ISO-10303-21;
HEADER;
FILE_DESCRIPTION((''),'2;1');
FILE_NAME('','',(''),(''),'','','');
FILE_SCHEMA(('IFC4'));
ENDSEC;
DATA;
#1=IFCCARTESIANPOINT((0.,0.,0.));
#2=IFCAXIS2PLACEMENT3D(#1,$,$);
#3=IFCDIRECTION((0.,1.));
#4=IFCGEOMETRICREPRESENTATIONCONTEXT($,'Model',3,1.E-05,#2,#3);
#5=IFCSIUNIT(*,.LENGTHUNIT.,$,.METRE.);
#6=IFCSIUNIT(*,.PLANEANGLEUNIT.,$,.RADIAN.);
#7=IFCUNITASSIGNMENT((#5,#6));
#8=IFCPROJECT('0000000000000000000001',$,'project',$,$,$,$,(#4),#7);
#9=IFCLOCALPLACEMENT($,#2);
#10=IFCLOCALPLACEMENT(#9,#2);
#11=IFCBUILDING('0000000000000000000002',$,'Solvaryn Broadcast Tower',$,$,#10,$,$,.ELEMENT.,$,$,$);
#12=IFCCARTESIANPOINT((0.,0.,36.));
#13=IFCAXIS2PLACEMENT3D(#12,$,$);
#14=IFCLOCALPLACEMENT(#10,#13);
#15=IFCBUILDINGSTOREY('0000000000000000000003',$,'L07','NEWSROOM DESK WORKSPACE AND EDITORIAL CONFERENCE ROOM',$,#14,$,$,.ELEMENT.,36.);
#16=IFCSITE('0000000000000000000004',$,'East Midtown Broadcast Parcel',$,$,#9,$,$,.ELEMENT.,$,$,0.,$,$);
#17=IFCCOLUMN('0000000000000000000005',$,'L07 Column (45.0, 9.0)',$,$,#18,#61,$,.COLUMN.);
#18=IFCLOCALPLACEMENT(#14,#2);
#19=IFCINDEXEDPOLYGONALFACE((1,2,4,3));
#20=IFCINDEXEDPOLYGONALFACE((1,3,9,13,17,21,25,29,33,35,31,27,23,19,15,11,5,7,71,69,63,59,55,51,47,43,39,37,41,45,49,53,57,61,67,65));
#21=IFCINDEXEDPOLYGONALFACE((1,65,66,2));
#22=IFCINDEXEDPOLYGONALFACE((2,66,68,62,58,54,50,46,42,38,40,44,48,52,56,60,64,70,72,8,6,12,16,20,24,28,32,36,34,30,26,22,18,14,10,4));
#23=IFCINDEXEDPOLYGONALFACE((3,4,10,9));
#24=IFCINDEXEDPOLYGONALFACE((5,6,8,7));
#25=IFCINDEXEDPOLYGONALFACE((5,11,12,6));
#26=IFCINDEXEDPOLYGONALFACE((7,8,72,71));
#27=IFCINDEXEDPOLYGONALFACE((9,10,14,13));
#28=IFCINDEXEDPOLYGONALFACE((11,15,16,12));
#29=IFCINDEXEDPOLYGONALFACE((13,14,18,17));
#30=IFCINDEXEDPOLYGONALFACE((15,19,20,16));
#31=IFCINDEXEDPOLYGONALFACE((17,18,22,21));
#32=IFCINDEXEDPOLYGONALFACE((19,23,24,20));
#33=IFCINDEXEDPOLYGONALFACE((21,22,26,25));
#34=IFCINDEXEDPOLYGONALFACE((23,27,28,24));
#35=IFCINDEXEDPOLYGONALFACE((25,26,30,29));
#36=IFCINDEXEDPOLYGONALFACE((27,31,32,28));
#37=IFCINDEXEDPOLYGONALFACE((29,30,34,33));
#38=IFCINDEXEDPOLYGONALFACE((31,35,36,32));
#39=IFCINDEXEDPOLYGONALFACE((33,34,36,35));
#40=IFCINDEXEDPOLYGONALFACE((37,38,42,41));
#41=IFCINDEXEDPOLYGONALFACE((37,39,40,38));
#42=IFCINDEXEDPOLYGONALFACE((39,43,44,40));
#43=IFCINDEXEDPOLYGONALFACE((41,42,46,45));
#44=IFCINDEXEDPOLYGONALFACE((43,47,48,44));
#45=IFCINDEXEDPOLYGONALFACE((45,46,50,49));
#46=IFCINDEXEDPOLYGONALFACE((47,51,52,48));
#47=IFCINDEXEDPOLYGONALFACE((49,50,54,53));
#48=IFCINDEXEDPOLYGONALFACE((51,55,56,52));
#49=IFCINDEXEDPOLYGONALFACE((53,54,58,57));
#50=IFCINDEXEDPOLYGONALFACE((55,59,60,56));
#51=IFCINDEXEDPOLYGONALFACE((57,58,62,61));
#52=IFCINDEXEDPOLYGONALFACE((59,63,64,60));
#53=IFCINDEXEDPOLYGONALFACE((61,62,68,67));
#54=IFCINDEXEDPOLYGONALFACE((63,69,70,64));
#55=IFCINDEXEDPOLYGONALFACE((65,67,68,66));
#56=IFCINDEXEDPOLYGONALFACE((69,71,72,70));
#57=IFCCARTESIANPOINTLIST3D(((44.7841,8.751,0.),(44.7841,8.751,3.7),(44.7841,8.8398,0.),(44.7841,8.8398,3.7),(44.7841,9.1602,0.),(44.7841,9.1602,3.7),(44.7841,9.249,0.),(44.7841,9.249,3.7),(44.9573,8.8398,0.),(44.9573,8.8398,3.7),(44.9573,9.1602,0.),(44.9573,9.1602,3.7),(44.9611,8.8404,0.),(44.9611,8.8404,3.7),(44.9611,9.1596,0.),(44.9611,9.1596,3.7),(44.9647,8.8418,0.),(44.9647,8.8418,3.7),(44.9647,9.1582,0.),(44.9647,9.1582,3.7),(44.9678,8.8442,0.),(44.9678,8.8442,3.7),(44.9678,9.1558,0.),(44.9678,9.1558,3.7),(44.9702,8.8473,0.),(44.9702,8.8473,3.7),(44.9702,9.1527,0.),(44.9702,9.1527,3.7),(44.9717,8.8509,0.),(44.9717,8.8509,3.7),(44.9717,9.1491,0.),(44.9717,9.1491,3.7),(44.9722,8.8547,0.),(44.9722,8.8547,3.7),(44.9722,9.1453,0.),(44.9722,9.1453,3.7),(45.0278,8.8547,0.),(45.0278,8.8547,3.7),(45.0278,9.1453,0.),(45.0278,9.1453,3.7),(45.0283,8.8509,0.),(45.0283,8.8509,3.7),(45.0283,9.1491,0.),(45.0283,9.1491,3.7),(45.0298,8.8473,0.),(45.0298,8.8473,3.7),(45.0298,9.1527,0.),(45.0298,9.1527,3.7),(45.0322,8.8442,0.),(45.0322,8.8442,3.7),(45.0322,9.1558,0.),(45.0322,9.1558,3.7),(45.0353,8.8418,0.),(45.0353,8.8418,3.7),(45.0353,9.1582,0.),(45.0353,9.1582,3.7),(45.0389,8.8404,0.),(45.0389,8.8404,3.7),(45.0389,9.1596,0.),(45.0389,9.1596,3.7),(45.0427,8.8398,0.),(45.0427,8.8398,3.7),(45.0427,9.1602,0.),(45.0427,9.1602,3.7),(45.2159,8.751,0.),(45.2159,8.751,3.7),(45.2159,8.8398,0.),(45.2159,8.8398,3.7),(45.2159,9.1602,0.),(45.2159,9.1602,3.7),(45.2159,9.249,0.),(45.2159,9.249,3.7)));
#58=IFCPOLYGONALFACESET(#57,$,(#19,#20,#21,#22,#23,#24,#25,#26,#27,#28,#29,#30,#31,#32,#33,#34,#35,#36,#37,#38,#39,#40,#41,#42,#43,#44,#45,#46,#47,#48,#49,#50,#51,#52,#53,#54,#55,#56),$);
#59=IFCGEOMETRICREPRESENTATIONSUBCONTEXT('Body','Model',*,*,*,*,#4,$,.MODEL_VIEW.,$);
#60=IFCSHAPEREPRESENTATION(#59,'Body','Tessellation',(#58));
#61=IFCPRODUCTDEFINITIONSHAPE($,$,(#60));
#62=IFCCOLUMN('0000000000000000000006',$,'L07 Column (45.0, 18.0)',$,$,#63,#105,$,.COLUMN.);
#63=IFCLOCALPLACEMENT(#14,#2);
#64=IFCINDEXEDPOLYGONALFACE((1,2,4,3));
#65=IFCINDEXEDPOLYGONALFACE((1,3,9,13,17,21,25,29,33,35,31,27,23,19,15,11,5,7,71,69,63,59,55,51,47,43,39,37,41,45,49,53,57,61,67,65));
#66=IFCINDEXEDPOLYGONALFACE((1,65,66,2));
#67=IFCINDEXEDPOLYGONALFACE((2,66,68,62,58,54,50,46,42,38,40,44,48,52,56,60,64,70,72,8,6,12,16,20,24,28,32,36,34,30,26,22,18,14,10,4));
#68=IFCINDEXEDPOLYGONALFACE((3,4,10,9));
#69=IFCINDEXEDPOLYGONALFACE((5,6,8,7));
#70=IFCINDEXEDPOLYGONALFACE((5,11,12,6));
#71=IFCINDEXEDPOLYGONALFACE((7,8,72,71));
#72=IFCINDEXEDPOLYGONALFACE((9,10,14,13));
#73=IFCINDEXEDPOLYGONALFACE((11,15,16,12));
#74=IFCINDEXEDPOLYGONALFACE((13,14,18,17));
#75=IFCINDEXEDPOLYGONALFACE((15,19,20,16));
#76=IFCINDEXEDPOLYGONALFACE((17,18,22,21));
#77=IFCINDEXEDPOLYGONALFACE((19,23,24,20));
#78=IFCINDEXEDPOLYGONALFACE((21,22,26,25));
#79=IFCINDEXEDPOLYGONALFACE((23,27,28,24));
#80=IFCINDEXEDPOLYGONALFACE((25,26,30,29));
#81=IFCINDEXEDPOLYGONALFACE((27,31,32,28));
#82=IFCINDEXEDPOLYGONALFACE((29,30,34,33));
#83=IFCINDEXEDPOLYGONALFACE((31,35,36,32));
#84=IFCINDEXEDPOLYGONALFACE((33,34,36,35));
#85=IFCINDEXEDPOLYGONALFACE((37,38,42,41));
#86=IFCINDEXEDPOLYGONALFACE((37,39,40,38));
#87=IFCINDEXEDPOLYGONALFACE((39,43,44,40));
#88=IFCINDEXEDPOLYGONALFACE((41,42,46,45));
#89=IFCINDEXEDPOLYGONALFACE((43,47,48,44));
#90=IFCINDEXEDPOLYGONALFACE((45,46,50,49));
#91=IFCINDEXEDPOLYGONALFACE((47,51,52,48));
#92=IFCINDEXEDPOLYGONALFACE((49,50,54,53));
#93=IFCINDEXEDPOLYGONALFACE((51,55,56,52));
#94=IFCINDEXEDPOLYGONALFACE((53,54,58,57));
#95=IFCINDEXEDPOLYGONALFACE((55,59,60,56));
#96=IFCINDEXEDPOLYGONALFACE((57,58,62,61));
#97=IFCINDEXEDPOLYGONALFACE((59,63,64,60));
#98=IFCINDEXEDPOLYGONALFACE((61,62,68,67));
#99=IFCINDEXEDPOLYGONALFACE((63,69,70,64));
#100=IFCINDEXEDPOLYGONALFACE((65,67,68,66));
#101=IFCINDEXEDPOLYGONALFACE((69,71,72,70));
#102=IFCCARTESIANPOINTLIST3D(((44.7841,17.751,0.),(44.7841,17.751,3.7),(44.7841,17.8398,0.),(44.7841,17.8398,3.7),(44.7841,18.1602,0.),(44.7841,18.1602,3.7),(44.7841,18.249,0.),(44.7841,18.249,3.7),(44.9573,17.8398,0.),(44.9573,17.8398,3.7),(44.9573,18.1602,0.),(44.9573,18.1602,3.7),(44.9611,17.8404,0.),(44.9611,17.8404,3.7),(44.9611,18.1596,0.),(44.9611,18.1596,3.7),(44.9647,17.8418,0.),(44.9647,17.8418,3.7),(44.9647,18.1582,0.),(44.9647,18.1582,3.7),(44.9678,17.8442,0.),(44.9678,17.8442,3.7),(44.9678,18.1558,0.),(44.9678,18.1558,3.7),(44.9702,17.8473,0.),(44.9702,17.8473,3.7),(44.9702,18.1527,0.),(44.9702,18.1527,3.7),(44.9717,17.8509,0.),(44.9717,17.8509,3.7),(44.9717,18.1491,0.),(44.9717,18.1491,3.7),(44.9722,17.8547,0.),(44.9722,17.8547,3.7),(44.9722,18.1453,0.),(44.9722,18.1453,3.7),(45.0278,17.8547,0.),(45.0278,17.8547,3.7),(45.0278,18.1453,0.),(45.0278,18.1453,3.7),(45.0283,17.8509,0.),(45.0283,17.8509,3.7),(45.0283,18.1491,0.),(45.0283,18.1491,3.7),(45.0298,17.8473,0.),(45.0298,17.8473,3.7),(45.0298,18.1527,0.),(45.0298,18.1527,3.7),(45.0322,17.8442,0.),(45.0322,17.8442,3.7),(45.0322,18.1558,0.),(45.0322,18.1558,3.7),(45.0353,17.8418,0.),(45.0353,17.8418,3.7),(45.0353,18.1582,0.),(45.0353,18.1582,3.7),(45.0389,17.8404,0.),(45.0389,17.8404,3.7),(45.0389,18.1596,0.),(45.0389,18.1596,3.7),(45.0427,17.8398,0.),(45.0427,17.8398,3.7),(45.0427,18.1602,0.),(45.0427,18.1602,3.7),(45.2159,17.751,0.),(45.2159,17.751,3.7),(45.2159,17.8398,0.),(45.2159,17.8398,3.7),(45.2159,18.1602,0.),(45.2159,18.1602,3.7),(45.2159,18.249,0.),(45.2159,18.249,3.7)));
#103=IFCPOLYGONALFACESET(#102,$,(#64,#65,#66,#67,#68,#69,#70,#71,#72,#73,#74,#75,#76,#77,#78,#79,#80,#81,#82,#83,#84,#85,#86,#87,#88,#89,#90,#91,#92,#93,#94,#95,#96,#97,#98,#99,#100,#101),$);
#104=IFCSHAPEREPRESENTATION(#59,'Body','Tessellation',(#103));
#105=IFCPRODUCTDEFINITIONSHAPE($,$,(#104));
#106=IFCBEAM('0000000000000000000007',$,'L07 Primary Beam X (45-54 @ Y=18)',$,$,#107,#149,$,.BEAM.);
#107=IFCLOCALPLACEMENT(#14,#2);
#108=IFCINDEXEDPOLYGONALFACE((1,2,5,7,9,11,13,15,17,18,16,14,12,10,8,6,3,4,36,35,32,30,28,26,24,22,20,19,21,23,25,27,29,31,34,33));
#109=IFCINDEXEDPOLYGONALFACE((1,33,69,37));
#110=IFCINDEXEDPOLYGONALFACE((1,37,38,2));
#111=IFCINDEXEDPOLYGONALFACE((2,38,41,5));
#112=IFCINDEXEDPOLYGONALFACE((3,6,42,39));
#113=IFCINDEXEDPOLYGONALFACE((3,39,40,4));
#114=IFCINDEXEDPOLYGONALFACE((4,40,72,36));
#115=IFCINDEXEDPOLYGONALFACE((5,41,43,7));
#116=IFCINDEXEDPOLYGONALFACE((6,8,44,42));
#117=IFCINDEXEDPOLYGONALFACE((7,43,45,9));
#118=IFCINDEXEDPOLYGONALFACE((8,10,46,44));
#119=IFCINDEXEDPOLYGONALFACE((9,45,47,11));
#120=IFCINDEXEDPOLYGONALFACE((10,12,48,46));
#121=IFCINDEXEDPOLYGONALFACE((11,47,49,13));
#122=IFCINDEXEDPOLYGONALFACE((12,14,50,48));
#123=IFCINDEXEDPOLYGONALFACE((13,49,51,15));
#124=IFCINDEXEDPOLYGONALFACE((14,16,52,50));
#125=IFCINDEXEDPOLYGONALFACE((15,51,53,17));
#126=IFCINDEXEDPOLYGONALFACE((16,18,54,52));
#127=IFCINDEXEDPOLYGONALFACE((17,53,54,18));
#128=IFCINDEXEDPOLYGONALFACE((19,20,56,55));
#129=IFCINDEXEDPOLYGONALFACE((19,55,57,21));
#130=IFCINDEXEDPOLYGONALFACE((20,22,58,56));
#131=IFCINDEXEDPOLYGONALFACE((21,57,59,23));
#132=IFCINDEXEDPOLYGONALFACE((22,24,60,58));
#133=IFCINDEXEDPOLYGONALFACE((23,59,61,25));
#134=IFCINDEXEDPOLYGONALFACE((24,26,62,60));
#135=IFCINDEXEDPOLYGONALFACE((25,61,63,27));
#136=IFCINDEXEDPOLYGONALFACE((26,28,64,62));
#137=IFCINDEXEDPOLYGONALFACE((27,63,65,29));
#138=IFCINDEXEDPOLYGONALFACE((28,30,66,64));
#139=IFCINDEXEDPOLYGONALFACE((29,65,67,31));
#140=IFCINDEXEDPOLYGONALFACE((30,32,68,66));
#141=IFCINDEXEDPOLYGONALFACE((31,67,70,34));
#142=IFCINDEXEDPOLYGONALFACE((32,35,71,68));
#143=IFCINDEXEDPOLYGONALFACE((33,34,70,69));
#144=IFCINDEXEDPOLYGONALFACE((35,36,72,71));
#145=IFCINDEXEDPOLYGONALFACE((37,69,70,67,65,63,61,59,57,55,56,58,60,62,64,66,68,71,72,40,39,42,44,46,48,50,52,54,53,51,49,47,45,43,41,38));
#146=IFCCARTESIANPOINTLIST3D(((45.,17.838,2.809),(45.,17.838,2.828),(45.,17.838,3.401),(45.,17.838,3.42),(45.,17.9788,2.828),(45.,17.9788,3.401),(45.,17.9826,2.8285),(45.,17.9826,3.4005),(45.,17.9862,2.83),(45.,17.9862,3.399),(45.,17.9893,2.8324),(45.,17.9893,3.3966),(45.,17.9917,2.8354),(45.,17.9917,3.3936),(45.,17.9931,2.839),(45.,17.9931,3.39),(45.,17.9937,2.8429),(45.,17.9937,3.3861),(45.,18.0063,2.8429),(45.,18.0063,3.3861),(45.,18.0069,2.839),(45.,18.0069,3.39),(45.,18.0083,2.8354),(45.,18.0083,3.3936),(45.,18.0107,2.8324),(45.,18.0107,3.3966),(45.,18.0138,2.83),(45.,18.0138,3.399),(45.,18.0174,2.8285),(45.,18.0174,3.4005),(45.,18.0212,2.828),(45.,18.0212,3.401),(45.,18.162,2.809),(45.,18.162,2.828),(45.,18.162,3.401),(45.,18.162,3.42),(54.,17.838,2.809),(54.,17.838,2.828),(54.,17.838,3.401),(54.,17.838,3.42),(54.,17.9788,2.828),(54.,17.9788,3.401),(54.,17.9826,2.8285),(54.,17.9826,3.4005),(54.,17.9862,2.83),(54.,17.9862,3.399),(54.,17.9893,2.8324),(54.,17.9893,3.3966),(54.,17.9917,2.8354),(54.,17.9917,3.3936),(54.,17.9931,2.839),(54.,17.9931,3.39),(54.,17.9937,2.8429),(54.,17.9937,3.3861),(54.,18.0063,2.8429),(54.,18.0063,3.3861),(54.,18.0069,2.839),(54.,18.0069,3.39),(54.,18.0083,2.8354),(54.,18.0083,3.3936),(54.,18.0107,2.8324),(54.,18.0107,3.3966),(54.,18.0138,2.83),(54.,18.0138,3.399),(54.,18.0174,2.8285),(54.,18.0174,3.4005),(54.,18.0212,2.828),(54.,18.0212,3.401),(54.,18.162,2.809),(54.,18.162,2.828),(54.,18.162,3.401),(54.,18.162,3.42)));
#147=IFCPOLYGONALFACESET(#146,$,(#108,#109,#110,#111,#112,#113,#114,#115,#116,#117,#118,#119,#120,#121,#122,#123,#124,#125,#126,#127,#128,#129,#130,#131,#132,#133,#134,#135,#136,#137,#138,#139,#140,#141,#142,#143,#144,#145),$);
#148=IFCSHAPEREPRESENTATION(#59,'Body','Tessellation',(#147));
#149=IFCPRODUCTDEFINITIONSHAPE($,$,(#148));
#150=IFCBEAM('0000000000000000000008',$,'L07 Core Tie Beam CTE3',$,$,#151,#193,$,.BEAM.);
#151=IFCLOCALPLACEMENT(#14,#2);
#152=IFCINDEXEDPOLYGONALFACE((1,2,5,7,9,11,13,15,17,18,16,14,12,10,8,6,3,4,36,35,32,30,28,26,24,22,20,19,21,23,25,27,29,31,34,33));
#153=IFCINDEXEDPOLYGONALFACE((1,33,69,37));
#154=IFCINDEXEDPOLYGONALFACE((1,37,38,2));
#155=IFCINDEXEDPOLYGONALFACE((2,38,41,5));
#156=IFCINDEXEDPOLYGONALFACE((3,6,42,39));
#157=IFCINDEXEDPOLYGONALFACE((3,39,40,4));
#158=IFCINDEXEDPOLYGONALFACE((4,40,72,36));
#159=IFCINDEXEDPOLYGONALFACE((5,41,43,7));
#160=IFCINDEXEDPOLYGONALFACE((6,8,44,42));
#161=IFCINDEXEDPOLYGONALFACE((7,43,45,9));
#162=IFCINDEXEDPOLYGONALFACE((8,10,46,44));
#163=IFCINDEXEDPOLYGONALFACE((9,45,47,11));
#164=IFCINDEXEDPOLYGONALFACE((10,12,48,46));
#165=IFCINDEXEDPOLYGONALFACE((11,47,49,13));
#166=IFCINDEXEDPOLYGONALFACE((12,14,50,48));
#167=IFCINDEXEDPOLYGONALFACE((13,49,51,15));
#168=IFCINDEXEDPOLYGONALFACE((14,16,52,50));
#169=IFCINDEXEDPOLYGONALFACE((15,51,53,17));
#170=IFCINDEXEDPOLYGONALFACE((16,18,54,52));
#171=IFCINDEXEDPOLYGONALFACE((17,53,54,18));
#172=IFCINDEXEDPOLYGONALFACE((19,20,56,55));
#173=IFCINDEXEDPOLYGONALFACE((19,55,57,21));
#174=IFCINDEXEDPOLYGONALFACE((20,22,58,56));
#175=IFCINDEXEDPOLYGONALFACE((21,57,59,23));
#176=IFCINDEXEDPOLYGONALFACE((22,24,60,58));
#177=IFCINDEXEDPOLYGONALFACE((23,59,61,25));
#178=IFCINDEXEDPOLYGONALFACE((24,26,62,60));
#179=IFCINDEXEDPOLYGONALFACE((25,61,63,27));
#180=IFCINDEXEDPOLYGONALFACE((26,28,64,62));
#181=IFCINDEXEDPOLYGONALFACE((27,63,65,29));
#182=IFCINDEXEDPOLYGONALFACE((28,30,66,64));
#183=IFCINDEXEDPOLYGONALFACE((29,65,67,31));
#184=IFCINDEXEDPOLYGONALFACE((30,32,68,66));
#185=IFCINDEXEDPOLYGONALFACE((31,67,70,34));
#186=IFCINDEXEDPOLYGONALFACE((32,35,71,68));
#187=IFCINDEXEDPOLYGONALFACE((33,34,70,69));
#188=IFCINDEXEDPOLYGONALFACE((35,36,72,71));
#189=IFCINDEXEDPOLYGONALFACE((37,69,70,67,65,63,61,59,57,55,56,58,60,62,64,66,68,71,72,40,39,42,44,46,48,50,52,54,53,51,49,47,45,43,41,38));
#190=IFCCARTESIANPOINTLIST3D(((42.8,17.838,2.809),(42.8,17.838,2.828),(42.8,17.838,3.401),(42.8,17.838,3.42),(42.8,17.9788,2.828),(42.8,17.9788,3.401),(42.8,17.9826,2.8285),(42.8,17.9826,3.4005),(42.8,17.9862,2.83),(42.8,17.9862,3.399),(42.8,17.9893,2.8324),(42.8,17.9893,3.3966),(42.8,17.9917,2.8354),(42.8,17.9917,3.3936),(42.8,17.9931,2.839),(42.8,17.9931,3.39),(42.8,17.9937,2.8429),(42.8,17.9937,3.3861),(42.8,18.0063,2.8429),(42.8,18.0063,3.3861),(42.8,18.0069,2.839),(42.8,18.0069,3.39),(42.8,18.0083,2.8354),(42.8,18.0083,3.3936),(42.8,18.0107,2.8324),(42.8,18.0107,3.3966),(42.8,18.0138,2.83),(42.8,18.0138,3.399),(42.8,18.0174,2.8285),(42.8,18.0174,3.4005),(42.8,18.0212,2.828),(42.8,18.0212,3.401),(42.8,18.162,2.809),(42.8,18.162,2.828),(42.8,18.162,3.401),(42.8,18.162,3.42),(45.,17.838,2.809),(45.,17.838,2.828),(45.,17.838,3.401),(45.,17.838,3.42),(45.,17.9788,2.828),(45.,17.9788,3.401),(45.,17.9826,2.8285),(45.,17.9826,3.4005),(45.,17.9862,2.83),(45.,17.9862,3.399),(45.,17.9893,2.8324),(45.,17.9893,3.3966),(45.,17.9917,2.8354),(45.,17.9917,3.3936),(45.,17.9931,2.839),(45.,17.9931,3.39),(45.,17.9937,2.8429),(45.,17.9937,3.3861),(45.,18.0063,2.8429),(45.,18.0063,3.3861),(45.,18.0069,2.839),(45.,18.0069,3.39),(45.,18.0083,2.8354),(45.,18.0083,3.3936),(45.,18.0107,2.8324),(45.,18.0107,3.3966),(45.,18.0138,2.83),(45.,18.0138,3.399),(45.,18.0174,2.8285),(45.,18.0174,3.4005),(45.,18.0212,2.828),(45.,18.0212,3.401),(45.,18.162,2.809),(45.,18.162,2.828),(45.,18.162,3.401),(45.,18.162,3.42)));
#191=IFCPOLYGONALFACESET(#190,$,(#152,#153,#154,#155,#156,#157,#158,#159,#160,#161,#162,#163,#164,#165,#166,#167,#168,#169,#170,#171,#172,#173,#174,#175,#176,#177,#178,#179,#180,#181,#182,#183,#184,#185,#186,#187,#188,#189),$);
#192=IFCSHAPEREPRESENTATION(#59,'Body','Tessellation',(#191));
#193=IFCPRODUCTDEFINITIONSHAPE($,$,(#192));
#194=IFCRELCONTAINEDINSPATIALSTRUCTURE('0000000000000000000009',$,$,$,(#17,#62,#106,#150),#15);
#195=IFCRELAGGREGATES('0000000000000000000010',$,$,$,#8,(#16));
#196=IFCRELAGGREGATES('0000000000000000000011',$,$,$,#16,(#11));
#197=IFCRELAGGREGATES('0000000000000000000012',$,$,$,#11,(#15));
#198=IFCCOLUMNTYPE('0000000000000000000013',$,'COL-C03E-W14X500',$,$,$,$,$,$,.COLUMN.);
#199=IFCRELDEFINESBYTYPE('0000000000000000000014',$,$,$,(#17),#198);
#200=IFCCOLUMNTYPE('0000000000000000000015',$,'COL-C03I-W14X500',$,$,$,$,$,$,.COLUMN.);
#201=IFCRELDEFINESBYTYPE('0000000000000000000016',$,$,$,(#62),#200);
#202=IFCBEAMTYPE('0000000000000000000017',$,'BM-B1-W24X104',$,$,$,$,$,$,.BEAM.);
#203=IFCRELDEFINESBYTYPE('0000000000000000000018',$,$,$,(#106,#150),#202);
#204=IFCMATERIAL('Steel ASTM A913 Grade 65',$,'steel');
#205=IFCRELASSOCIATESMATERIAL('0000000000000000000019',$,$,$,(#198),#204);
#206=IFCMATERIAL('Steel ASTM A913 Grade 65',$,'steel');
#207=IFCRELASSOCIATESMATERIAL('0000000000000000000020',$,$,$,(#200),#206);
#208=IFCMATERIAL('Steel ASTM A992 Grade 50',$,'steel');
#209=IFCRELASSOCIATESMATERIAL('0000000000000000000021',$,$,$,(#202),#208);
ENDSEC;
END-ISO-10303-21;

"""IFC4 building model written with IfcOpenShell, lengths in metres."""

from ifc_helpers import new_model, si_unit, direction, frame, origin, origin_2d, place, context, subcontext, project, spatial, i_section, extrude, material, material_profile, profile_set, type_object, element, save


model = new_model("IFC4")

# Units and contexts
model_context = context("Model", 3, precision=1e-05, world=origin(), true_north=direction((0.0, 1.0)))
body_context = subcontext(model_context, "Body", "Model", "MODEL_VIEW")
ifc_project = project(units=[si_unit("LENGTHUNIT", "METRE"), si_unit("PLANEANGLEUNIT", "RADIAN")], contexts=[model_context])

# Site, building, storey
site_placement = place(None, origin())
site = spatial("IfcSite", under=ifc_project, at=site_placement, Name="East Midtown Broadcast Parcel", CompositionType="ELEMENT", RefElevation=0.0)
building_placement = place(site_placement, origin())
building = spatial("IfcBuilding", under=site, at=building_placement, Name="Solvaryn Broadcast Tower", CompositionType="ELEMENT")
storey_placement = place(building_placement, frame((0.0, 0.0, 36.0)))
storey = spatial("IfcBuildingStorey", under=building, at=storey_placement, Name="L07", Description="NEWSROOM DESK WORKSPACE AND EDITORIAL CONFERENCE ROOM", CompositionType="ELEMENT", Elevation=36.0)

# Columns
ifc_material_1 = material(Name="Steel ASTM A913 Grade 65", Category="steel")
ifc_material_profile_1 = material_profile(ifc_material_1, i_section(OverallWidth=0.4319, OverallDepth=0.498, WebThickness=0.0557, FlangeThickness=0.0889, FilletRadius=0.0149, at=origin_2d()))
ifc_profile_set_1 = profile_set([ifc_material_profile_1], Name="Steel ASTM A913 Grade 65")
column_type_1 = type_object("IfcColumnType", Name="COL-C03E-W14X500", PredefinedType="COLUMN", material=ifc_profile_set_1)
column_1_placement = place(storey_placement, frame((45.0, 9.0, 0.0), z_axis=(0.0, 0.0, 1.0), x_axis=(1.0, 0.0, 0.0)))
element("IfcColumn", 1, at=column_1_placement, inside=storey, type_object=column_type_1, Name="L07 Column (45.0, 9.0)", PredefinedType="COLUMN", context=body_context, shape_type="SweptSolid", body=[
    extrude(i_section(OverallWidth=0.4319, OverallDepth=0.498, WebThickness=0.0557, FlangeThickness=0.0889, FilletRadius=0.0149, at=origin_2d()), origin(), (0.0, 0.0, 1.0), 3.7),
])
ifc_material_2 = material(Name="Steel ASTM A913 Grade 65", Category="steel")
ifc_material_profile_2 = material_profile(ifc_material_2, i_section(OverallWidth=0.4319, OverallDepth=0.498, WebThickness=0.0557, FlangeThickness=0.0889, FilletRadius=0.0149, at=origin_2d()))
ifc_profile_set_2 = profile_set([ifc_material_profile_2], Name="Steel ASTM A913 Grade 65")
column_type_2 = type_object("IfcColumnType", Name="COL-C03I-W14X500", PredefinedType="COLUMN", material=ifc_profile_set_2)
column_2_placement = place(storey_placement, frame((45.0, 18.0, 0.0), z_axis=(0.0, 0.0, 1.0), x_axis=(1.0, 0.0, 0.0)))
element("IfcColumn", 2, at=column_2_placement, inside=storey, type_object=column_type_2, Name="L07 Column (45.0, 18.0)", PredefinedType="COLUMN", context=body_context, shape_type="SweptSolid", body=[
    extrude(i_section(OverallWidth=0.4319, OverallDepth=0.498, WebThickness=0.0557, FlangeThickness=0.0889, FilletRadius=0.0149, at=origin_2d()), origin(), (0.0, 0.0, 1.0), 3.7),
])

# Beams
ifc_material_3 = material(Name="Steel ASTM A992 Grade 50", Category="steel")
ifc_material_profile_3 = material_profile(ifc_material_3, i_section(OverallWidth=0.324, OverallDepth=0.6111, WebThickness=0.0127, FlangeThickness=0.019, FilletRadius=0.0149, at=origin_2d()))
ifc_profile_set_3 = profile_set([ifc_material_profile_3], Name="Steel ASTM A992 Grade 50")
beam_type_1 = type_object("IfcBeamType", Name="BM-B1-W24X104", PredefinedType="BEAM", material=ifc_profile_set_3)
beam_1_placement = place(storey_placement, frame((45.0, 18.0, 3.1145), z_axis=(1.0, 0.0, 0.0), x_axis=(0.0, 1.0, 0.0)))
element("IfcBeam", 3, at=beam_1_placement, inside=storey, type_object=beam_type_1, Name="L07 Primary Beam X (45-54 @ Y=18)", PredefinedType="BEAM", context=body_context, shape_type="SweptSolid", body=[
    extrude(i_section(OverallWidth=0.324, OverallDepth=0.6111, WebThickness=0.0127, FlangeThickness=0.019, FilletRadius=0.0149, at=origin_2d()), origin(), (0.0, 0.0, 1.0), 9.0),
])
beam_2_placement = place(storey_placement, frame((42.8, 18.0, 3.1145), z_axis=(1.0, 0.0, 0.0), x_axis=(0.0, 1.0, 0.0)))
element("IfcBeam", 4, at=beam_2_placement, inside=storey, type_object=beam_type_1, Name="L07 Core Tie Beam CTE3", PredefinedType="BEAM", context=body_context, shape_type="SweptSolid", body=[
    extrude(i_section(OverallWidth=0.324, OverallDepth=0.6111, WebThickness=0.0127, FlangeThickness=0.019, FilletRadius=0.0149, at=origin_2d()), origin(), (0.0, 0.0, 1.0), 2.2),
])

save(model, "model.ifc")
